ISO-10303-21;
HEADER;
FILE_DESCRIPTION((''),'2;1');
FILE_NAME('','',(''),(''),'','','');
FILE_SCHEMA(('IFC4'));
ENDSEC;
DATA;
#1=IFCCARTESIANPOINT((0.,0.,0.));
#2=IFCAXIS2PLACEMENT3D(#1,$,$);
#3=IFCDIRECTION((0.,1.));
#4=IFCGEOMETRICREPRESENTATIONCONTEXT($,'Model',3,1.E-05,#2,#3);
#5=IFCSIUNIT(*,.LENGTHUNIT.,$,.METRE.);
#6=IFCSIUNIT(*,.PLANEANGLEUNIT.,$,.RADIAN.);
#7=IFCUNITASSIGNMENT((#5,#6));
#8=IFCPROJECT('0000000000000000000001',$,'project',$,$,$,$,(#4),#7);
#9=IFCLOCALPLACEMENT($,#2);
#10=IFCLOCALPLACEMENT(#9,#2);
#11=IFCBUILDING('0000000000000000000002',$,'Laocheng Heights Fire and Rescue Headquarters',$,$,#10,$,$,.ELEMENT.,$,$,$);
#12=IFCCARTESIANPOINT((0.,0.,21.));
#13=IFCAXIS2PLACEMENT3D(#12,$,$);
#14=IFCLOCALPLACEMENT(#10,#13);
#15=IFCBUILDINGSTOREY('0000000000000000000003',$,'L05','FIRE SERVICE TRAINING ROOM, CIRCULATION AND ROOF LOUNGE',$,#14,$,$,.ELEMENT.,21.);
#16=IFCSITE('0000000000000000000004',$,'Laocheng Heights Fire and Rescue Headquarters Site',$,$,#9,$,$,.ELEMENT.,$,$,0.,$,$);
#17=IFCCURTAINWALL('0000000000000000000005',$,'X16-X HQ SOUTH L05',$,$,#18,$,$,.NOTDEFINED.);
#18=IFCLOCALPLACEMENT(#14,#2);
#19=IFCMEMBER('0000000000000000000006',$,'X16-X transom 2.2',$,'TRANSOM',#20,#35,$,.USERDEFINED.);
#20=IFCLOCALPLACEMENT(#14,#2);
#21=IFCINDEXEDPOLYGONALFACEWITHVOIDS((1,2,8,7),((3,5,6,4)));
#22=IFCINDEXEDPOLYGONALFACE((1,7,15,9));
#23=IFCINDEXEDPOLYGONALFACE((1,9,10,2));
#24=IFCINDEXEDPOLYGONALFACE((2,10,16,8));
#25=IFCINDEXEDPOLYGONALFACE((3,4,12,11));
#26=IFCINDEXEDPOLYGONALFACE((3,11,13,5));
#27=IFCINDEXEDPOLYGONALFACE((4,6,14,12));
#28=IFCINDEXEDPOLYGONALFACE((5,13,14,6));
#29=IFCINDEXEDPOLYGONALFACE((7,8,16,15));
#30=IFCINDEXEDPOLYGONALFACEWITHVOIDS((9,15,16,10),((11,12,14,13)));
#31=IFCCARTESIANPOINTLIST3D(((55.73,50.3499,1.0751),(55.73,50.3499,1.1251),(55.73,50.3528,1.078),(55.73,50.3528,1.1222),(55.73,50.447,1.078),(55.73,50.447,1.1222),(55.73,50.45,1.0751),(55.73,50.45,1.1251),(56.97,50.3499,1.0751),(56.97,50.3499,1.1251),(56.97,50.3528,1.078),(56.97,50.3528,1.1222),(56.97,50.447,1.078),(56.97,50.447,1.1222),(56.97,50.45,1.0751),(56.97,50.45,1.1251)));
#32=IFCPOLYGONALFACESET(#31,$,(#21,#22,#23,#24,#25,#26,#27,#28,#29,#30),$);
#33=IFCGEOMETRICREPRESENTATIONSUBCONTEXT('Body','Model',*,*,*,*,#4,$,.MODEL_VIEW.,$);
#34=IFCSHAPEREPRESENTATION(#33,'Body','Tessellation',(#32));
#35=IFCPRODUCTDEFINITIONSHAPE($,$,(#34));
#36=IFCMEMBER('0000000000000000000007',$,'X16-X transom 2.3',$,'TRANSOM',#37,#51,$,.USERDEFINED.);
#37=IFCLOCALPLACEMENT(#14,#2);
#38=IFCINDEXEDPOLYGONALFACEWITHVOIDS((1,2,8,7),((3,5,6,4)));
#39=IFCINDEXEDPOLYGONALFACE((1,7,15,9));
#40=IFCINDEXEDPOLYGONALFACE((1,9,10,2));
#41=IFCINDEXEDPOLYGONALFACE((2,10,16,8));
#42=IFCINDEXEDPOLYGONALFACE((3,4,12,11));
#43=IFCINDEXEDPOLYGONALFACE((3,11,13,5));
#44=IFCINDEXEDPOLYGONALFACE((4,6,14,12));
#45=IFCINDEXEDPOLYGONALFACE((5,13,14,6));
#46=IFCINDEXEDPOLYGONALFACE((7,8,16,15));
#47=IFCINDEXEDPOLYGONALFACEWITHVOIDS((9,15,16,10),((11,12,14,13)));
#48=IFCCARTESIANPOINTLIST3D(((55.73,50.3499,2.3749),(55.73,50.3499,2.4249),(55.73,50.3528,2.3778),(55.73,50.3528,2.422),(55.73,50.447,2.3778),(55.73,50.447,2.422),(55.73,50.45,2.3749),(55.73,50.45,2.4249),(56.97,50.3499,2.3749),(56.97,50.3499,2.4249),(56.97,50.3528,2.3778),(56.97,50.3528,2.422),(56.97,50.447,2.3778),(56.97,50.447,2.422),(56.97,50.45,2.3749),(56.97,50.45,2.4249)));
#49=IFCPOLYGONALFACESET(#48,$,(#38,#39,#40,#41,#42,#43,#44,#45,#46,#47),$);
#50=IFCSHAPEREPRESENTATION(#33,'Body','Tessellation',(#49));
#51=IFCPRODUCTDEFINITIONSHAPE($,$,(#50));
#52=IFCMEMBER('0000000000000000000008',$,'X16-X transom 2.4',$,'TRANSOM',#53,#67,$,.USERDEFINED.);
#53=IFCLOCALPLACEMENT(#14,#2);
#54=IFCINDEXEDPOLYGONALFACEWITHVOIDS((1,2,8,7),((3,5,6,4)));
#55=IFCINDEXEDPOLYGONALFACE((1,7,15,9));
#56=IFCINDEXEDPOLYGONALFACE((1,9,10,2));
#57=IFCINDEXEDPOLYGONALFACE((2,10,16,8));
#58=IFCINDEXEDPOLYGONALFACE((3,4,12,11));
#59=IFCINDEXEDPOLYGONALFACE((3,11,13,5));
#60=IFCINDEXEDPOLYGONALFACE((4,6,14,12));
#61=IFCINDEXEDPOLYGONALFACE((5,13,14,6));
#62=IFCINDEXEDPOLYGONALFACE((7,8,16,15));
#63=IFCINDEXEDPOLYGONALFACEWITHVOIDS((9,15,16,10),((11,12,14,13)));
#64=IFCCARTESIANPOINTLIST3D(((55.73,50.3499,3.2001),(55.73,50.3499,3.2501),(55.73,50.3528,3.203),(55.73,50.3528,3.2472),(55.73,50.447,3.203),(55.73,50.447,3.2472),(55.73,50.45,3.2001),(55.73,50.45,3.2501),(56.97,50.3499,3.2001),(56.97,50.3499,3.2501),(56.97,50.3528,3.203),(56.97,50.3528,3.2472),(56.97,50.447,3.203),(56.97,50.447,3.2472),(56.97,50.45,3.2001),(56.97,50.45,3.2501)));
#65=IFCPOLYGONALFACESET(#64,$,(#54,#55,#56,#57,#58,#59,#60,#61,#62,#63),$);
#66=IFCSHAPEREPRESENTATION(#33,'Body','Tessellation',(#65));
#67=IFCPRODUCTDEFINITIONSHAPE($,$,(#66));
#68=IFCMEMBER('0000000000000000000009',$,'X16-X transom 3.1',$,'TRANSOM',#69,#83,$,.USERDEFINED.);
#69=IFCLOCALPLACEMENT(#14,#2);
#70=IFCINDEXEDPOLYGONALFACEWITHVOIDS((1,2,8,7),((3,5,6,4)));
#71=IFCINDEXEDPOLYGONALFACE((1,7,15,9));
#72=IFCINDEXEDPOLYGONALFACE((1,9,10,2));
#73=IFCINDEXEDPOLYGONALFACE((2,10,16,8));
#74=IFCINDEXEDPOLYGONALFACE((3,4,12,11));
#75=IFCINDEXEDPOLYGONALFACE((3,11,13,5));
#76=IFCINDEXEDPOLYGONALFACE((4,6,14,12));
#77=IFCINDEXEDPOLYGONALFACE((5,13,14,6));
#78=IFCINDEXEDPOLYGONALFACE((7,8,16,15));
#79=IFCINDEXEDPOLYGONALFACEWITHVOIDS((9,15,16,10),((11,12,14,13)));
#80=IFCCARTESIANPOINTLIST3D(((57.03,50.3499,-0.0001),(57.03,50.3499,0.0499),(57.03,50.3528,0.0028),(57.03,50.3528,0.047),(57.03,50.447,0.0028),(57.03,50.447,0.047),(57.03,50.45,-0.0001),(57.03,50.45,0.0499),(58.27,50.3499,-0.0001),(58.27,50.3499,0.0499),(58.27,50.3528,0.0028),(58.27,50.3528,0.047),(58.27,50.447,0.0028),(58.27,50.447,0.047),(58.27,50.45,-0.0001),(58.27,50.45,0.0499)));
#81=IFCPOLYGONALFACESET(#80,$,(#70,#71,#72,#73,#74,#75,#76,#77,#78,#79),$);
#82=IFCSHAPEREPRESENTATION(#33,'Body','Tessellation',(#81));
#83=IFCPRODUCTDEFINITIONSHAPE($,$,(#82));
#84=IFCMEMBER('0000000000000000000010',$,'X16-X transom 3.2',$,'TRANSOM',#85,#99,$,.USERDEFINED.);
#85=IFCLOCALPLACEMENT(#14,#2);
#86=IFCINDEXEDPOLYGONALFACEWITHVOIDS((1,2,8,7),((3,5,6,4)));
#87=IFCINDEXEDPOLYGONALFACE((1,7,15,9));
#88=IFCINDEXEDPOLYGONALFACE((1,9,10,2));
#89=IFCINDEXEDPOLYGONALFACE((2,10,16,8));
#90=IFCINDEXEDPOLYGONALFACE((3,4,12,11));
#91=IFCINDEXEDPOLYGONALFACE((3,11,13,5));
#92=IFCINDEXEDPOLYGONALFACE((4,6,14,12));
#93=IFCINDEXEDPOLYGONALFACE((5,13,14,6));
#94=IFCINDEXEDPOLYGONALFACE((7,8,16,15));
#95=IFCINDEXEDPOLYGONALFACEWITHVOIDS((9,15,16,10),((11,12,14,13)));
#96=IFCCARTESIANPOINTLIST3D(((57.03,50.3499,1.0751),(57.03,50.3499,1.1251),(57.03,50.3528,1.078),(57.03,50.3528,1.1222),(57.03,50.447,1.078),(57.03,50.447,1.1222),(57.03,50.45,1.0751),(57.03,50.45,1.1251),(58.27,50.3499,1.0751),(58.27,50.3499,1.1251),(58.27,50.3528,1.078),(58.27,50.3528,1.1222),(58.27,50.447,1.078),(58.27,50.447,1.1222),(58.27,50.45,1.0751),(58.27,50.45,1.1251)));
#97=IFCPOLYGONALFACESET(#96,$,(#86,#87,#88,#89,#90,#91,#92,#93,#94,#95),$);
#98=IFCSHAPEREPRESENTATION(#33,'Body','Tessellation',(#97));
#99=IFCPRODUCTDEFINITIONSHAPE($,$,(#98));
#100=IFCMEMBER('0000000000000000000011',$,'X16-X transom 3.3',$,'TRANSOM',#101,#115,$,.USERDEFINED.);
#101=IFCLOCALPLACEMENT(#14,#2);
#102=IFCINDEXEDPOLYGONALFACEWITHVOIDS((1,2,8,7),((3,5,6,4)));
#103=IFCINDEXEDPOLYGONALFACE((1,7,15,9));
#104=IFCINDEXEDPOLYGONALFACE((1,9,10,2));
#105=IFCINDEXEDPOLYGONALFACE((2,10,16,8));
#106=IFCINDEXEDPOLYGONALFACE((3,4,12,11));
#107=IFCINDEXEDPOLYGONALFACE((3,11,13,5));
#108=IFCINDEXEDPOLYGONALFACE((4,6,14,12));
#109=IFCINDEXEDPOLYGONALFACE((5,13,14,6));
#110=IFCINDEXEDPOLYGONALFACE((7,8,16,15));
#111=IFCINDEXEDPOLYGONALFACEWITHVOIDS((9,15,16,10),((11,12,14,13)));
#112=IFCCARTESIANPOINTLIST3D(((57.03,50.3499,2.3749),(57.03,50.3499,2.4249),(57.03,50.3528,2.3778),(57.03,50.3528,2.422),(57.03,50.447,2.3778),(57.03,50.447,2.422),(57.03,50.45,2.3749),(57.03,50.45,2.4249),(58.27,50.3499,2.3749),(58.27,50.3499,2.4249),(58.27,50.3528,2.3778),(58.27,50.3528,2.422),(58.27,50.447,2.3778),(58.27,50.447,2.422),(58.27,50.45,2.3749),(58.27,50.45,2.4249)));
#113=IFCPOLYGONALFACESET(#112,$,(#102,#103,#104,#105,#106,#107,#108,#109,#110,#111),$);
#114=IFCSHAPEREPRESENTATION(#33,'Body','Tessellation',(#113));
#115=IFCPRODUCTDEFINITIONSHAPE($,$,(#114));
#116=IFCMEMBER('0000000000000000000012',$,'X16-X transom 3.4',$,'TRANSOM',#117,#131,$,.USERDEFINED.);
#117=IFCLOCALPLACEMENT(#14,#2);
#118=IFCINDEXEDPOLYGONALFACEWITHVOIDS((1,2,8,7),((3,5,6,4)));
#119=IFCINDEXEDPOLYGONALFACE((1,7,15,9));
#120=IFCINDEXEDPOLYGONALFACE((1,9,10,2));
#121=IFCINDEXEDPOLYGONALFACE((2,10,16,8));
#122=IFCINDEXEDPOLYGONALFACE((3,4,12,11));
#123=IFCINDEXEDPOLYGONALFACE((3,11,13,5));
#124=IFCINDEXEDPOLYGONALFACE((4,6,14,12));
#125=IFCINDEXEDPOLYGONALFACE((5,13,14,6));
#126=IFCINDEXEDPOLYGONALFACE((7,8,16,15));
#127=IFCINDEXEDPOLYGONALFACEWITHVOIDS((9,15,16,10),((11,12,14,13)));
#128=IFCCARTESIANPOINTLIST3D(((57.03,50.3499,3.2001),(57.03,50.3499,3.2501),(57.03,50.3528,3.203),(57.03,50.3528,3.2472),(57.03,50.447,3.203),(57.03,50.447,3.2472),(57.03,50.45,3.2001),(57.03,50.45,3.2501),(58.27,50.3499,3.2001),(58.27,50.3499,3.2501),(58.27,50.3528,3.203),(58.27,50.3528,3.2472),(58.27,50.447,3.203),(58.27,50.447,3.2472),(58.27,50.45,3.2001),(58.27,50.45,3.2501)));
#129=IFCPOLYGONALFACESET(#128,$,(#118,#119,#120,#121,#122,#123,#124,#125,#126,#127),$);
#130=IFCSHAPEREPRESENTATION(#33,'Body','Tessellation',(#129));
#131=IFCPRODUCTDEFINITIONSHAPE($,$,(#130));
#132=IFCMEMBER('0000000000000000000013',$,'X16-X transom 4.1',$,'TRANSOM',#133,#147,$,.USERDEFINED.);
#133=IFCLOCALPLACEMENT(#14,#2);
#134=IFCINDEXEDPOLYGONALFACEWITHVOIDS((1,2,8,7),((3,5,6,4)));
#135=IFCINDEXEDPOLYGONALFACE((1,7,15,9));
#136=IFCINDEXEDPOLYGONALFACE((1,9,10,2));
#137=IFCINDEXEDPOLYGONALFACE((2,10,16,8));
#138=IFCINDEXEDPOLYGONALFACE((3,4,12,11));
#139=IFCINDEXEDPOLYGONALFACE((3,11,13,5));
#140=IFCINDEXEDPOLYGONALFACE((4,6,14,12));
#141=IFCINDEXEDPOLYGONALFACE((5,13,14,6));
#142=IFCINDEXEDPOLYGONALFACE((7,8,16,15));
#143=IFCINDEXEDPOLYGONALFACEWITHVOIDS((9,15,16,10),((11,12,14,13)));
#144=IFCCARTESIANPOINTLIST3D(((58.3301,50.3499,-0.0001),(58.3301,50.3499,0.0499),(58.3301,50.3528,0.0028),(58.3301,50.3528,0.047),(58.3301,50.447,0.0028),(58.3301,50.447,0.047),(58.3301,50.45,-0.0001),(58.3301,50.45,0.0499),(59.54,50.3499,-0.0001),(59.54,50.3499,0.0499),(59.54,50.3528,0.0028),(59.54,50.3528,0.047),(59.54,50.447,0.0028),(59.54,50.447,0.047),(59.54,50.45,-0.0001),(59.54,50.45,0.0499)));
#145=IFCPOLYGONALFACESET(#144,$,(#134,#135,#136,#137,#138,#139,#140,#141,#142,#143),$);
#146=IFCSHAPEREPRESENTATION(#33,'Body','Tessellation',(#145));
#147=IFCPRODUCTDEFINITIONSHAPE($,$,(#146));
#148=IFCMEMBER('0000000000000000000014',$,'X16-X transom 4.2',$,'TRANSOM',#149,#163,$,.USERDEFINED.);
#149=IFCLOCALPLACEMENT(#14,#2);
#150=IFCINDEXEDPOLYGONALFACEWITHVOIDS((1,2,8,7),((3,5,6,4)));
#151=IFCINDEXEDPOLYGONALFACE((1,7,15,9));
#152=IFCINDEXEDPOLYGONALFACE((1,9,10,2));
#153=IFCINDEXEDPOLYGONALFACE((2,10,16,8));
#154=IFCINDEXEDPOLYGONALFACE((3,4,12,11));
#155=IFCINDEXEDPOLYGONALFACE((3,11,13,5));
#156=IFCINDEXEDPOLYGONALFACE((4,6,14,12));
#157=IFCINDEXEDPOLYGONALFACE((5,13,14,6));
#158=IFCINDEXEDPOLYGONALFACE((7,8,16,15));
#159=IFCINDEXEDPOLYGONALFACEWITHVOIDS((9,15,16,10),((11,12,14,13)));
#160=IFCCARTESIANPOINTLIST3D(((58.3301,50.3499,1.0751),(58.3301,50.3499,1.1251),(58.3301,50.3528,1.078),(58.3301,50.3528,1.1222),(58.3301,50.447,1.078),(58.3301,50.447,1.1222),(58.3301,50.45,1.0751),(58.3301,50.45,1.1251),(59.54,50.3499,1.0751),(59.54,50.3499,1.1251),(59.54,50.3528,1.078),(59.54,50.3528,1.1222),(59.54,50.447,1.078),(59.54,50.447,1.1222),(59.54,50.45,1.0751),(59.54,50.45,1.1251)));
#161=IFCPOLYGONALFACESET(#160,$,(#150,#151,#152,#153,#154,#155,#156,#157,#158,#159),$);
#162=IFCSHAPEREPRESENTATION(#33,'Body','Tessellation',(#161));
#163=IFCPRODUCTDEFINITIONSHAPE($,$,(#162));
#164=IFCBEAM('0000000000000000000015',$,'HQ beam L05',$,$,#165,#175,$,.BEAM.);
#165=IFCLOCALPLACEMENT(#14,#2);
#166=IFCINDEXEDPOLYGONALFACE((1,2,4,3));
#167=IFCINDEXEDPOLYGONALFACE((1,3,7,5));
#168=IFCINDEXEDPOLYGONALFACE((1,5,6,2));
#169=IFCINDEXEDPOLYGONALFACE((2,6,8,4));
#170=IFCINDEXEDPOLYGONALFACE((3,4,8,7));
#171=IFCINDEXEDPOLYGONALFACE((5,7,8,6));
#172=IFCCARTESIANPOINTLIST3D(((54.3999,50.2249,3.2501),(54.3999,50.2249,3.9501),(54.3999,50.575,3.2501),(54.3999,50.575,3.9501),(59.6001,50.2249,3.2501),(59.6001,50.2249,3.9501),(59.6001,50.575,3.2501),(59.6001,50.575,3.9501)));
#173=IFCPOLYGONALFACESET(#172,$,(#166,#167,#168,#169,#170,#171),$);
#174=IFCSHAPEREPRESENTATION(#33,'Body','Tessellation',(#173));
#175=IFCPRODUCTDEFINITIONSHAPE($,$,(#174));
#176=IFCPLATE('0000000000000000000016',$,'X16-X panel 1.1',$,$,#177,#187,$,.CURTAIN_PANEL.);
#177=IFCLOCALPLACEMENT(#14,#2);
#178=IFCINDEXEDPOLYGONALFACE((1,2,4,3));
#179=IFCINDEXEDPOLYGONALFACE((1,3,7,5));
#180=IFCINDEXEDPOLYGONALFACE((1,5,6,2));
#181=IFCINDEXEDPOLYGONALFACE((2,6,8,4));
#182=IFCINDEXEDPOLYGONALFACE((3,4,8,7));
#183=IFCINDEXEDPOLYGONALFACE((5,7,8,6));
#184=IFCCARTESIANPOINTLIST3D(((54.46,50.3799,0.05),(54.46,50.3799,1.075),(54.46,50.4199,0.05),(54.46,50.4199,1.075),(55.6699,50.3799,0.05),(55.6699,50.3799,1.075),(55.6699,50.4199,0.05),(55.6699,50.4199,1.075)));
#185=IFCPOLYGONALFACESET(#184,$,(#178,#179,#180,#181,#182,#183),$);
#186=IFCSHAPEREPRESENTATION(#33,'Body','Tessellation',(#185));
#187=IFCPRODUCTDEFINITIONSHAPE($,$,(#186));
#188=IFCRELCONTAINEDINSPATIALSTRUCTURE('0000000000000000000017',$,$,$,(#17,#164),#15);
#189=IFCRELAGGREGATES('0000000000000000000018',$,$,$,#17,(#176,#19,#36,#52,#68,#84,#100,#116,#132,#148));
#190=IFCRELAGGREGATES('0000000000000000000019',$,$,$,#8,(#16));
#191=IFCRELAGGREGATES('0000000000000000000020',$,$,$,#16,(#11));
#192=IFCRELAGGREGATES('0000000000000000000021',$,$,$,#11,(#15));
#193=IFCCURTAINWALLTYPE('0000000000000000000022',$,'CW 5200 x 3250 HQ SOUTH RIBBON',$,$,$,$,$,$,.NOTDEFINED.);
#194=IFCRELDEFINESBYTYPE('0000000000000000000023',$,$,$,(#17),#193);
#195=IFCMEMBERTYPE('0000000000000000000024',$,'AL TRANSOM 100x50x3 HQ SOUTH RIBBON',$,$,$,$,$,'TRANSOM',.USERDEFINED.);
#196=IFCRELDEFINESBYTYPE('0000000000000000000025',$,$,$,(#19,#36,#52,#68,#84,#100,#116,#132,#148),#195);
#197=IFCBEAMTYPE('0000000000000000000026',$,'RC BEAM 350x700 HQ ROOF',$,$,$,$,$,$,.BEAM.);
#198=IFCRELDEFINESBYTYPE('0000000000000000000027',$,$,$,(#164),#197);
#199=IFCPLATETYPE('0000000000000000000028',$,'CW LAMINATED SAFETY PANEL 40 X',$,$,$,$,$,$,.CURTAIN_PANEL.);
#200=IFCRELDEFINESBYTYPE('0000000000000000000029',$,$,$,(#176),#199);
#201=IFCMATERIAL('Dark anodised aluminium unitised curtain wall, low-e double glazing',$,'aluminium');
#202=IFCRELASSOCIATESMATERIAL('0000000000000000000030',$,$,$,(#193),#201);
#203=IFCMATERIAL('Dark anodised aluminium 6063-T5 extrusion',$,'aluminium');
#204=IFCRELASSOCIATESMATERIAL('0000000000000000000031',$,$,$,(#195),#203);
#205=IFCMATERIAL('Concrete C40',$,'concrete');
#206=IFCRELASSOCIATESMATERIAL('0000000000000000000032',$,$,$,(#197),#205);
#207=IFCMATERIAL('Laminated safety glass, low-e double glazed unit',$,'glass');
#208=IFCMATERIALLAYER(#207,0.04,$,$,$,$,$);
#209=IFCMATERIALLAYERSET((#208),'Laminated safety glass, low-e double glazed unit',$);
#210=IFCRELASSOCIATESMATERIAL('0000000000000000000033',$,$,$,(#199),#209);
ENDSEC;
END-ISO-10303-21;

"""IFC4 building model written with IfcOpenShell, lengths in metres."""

from ifc_helpers import new_model, si_unit, direction, frame, origin, origin_2d, place, context, subcontext, project, spatial, rectangle, hollow_rectangle, extrude, material, layer, layer_set, material_profile, profile_set, type_object, element, aggregate, save


model = new_model("IFC4")

# Units and contexts
model_context = context("Model", 3, precision=1e-05, world=origin(), true_north=direction((0.0, 1.0)))
body_context = subcontext(model_context, "Body", "Model", "MODEL_VIEW")
ifc_project = project(units=[si_unit("LENGTHUNIT", "METRE"), si_unit("PLANEANGLEUNIT", "RADIAN")], contexts=[model_context])

# Site, building, storey
site_placement = place(None, origin())
site = spatial("IfcSite", under=ifc_project, at=site_placement, Name="Laocheng Heights Fire and Rescue Headquarters Site", CompositionType="ELEMENT", RefElevation=0.0)
building_placement = place(site_placement, origin())
building = spatial("IfcBuilding", under=site, at=building_placement, Name="Laocheng Heights Fire and Rescue Headquarters", CompositionType="ELEMENT")
storey_placement = place(building_placement, frame((0.0, 0.0, 21.0)))
storey = spatial("IfcBuildingStorey", under=building, at=storey_placement, Name="L05", Description="FIRE SERVICE TRAINING ROOM, CIRCULATION AND ROOF LOUNGE", CompositionType="ELEMENT", Elevation=21.0)

# Curtain wall, members
ifc_material_1 = material(Name="Dark anodised aluminium unitised curtain wall, low-e double glazing", Category="aluminium")
curtain_wall_type_1 = type_object("IfcCurtainWallType", Name="CW 5200 x 3250 HQ SOUTH RIBBON", PredefinedType="NOTDEFINED", material=ifc_material_1)
curtain_wall_1_placement = place(storey_placement, origin())
curtain_wall_1 = element("IfcCurtainWall", 1, at=curtain_wall_1_placement, inside=storey, type_object=curtain_wall_type_1, Name="X16-X HQ SOUTH L05", PredefinedType="NOTDEFINED")
ifc_material_2 = material(Name="Dark anodised aluminium 6063-T5 extrusion", Category="aluminium")
ifc_material_profile_1 = material_profile(ifc_material_2, hollow_rectangle(XDim=0.1001, YDim=0.05, WallThickness=0.0029, at=origin_2d()), Name="AL TRANSOM 100x50x3 HQ SOUTH RIBBON")
ifc_profile_set_1 = profile_set([ifc_material_profile_1], Name="Dark anodised aluminium 6063-T5 extrusion")
member_type_1 = type_object("IfcMemberType", Name="AL TRANSOM 100x50x3 HQ SOUTH RIBBON", ElementType="TRANSOM", PredefinedType="USERDEFINED", material=ifc_profile_set_1)
member_1_placement = place(storey_placement, frame((55.73, 50.3999, 1.1001), z_axis=(1.0, 0.0, 0.0), x_axis=(0.0, 1.0, 0.0)))
member_1 = element("IfcMember", 2, at=member_1_placement, type_object=member_type_1, Name="X16-X transom 2.2", ObjectType="TRANSOM", PredefinedType="USERDEFINED", context=body_context, shape_type="SweptSolid", body=[
    extrude(hollow_rectangle(XDim=0.1001, YDim=0.05, WallThickness=0.0029, at=origin_2d()), origin(), (0.0, 0.0, 1.0), 1.24),
])
member_2_placement = place(storey_placement, frame((55.73, 50.3999, 2.3999), z_axis=(1.0, 0.0, 0.0), x_axis=(0.0, 1.0, 0.0)))
member_2 = element("IfcMember", 3, at=member_2_placement, type_object=member_type_1, Name="X16-X transom 2.3", ObjectType="TRANSOM", PredefinedType="USERDEFINED", context=body_context, shape_type="SweptSolid", body=[
    extrude(hollow_rectangle(XDim=0.1001, YDim=0.05, WallThickness=0.0029, at=origin_2d()), origin(), (0.0, 0.0, 1.0), 1.24),
])
member_3_placement = place(storey_placement, frame((55.73, 50.3999, 3.2251), z_axis=(1.0, 0.0, 0.0), x_axis=(0.0, 1.0, 0.0)))
member_3 = element("IfcMember", 4, at=member_3_placement, type_object=member_type_1, Name="X16-X transom 2.4", ObjectType="TRANSOM", PredefinedType="USERDEFINED", context=body_context, shape_type="SweptSolid", body=[
    extrude(hollow_rectangle(XDim=0.1001, YDim=0.05, WallThickness=0.0029, at=origin_2d()), origin(), (0.0, 0.0, 1.0), 1.24),
])
member_4_placement = place(storey_placement, frame((57.03, 50.3999, 0.0249), z_axis=(1.0, 0.0, 0.0), x_axis=(0.0, 1.0, 0.0)))
member_4 = element("IfcMember", 5, at=member_4_placement, type_object=member_type_1, Name="X16-X transom 3.1", ObjectType="TRANSOM", PredefinedType="USERDEFINED", context=body_context, shape_type="SweptSolid", body=[
    extrude(hollow_rectangle(XDim=0.1001, YDim=0.05, WallThickness=0.0029, at=origin_2d()), origin(), (0.0, 0.0, 1.0), 1.24),
])
member_5_placement = place(storey_placement, frame((57.03, 50.3999, 1.1001), z_axis=(1.0, 0.0, 0.0), x_axis=(0.0, 1.0, 0.0)))
member_5 = element("IfcMember", 6, at=member_5_placement, type_object=member_type_1, Name="X16-X transom 3.2", ObjectType="TRANSOM", PredefinedType="USERDEFINED", context=body_context, shape_type="SweptSolid", body=[
    extrude(hollow_rectangle(XDim=0.1001, YDim=0.05, WallThickness=0.0029, at=origin_2d()), origin(), (0.0, 0.0, 1.0), 1.24),
])
member_6_placement = place(storey_placement, frame((57.03, 50.3999, 2.3999), z_axis=(1.0, 0.0, 0.0), x_axis=(0.0, 1.0, 0.0)))
member_6 = element("IfcMember", 7, at=member_6_placement, type_object=member_type_1, Name="X16-X transom 3.3", ObjectType="TRANSOM", PredefinedType="USERDEFINED", context=body_context, shape_type="SweptSolid", body=[
    extrude(hollow_rectangle(XDim=0.1001, YDim=0.05, WallThickness=0.0029, at=origin_2d()), origin(), (0.0, 0.0, 1.0), 1.24),
])
member_7_placement = place(storey_placement, frame((57.03, 50.3999, 3.2251), z_axis=(1.0, 0.0, 0.0), x_axis=(0.0, 1.0, 0.0)))
member_7 = element("IfcMember", 8, at=member_7_placement, type_object=member_type_1, Name="X16-X transom 3.4", ObjectType="TRANSOM", PredefinedType="USERDEFINED", context=body_context, shape_type="SweptSolid", body=[
    extrude(hollow_rectangle(XDim=0.1001, YDim=0.05, WallThickness=0.0029, at=origin_2d()), origin(), (0.0, 0.0, 1.0), 1.24),
])
member_8_placement = place(storey_placement, frame((58.3301, 50.3999, 0.0249), z_axis=(1.0, 0.0, 0.0), x_axis=(0.0, 1.0, 0.0)))
member_8 = element("IfcMember", 9, at=member_8_placement, type_object=member_type_1, Name="X16-X transom 4.1", ObjectType="TRANSOM", PredefinedType="USERDEFINED", context=body_context, shape_type="SweptSolid", body=[
    extrude(hollow_rectangle(XDim=0.1001, YDim=0.05, WallThickness=0.0029, at=origin_2d()), origin(), (0.0, 0.0, 1.0), 1.21),
])
member_9_placement = place(storey_placement, frame((58.3301, 50.3999, 1.1001), z_axis=(1.0, 0.0, 0.0), x_axis=(0.0, 1.0, 0.0)))
member_9 = element("IfcMember", 10, at=member_9_placement, type_object=member_type_1, Name="X16-X transom 4.2", ObjectType="TRANSOM", PredefinedType="USERDEFINED", context=body_context, shape_type="SweptSolid", body=[
    extrude(hollow_rectangle(XDim=0.1001, YDim=0.05, WallThickness=0.0029, at=origin_2d()), origin(), (0.0, 0.0, 1.0), 1.21),
])

# Beam
ifc_material_3 = material(Name="Concrete C40", Category="concrete")
ifc_material_profile_2 = material_profile(ifc_material_3, rectangle(XDim=0.3501, YDim=0.7, at=origin_2d()), Name="RC BEAM 350x700 HQ ROOF")
ifc_profile_set_2 = profile_set([ifc_material_profile_2], Name="Concrete C40")
beam_type = type_object("IfcBeamType", Name="RC BEAM 350x700 HQ ROOF", PredefinedType="BEAM", material=ifc_profile_set_2)
beam_placement = place(storey_placement, frame((54.3999, 50.3999, 3.6001), z_axis=(1.0, 0.0, 0.0), x_axis=(0.0, 1.0, 0.0)))
element("IfcBeam", 11, at=beam_placement, inside=storey, type_object=beam_type, Name="HQ beam L05", PredefinedType="BEAM", context=body_context, shape_type="SweptSolid", body=[
    extrude(rectangle(XDim=0.3501, YDim=0.7, at=origin_2d()), origin(), (0.0, 0.0, 1.0), 5.2002),
])

# Plate
ifc_material_4 = material(Name="Laminated safety glass, low-e double glazed unit", Category="glass")
ifc_layer_1 = layer(ifc_material_4, 0.04)
ifc_layer_set_1 = layer_set([ifc_layer_1], Name="Laminated safety glass, low-e double glazed unit")
plate_type_1 = type_object("IfcPlateType", Name="CW LAMINATED SAFETY PANEL 40 X", PredefinedType="CURTAIN_PANEL", material=ifc_layer_set_1)
plate_1_placement = place(storey_placement, frame((55.0649, 50.3999, 0.05), z_axis=(0.0, 0.0, 1.0), x_axis=(1.0, 0.0, 0.0)))
plate_1 = element("IfcPlate", 12, at=plate_1_placement, type_object=plate_type_1, Name="X16-X panel 1.1", PredefinedType="CURTAIN_PANEL", context=body_context, shape_type="SweptSolid", body=[
    extrude(rectangle(XDim=1.21, YDim=0.04, at=origin_2d()), origin(), (0.0, 0.0, 1.0), 1.0249),
])
aggregate(curtain_wall_1, [plate_1, member_1, member_2, member_3, member_4, member_5, member_6, member_7, member_8, member_9])

save(model, "model.ifc")
